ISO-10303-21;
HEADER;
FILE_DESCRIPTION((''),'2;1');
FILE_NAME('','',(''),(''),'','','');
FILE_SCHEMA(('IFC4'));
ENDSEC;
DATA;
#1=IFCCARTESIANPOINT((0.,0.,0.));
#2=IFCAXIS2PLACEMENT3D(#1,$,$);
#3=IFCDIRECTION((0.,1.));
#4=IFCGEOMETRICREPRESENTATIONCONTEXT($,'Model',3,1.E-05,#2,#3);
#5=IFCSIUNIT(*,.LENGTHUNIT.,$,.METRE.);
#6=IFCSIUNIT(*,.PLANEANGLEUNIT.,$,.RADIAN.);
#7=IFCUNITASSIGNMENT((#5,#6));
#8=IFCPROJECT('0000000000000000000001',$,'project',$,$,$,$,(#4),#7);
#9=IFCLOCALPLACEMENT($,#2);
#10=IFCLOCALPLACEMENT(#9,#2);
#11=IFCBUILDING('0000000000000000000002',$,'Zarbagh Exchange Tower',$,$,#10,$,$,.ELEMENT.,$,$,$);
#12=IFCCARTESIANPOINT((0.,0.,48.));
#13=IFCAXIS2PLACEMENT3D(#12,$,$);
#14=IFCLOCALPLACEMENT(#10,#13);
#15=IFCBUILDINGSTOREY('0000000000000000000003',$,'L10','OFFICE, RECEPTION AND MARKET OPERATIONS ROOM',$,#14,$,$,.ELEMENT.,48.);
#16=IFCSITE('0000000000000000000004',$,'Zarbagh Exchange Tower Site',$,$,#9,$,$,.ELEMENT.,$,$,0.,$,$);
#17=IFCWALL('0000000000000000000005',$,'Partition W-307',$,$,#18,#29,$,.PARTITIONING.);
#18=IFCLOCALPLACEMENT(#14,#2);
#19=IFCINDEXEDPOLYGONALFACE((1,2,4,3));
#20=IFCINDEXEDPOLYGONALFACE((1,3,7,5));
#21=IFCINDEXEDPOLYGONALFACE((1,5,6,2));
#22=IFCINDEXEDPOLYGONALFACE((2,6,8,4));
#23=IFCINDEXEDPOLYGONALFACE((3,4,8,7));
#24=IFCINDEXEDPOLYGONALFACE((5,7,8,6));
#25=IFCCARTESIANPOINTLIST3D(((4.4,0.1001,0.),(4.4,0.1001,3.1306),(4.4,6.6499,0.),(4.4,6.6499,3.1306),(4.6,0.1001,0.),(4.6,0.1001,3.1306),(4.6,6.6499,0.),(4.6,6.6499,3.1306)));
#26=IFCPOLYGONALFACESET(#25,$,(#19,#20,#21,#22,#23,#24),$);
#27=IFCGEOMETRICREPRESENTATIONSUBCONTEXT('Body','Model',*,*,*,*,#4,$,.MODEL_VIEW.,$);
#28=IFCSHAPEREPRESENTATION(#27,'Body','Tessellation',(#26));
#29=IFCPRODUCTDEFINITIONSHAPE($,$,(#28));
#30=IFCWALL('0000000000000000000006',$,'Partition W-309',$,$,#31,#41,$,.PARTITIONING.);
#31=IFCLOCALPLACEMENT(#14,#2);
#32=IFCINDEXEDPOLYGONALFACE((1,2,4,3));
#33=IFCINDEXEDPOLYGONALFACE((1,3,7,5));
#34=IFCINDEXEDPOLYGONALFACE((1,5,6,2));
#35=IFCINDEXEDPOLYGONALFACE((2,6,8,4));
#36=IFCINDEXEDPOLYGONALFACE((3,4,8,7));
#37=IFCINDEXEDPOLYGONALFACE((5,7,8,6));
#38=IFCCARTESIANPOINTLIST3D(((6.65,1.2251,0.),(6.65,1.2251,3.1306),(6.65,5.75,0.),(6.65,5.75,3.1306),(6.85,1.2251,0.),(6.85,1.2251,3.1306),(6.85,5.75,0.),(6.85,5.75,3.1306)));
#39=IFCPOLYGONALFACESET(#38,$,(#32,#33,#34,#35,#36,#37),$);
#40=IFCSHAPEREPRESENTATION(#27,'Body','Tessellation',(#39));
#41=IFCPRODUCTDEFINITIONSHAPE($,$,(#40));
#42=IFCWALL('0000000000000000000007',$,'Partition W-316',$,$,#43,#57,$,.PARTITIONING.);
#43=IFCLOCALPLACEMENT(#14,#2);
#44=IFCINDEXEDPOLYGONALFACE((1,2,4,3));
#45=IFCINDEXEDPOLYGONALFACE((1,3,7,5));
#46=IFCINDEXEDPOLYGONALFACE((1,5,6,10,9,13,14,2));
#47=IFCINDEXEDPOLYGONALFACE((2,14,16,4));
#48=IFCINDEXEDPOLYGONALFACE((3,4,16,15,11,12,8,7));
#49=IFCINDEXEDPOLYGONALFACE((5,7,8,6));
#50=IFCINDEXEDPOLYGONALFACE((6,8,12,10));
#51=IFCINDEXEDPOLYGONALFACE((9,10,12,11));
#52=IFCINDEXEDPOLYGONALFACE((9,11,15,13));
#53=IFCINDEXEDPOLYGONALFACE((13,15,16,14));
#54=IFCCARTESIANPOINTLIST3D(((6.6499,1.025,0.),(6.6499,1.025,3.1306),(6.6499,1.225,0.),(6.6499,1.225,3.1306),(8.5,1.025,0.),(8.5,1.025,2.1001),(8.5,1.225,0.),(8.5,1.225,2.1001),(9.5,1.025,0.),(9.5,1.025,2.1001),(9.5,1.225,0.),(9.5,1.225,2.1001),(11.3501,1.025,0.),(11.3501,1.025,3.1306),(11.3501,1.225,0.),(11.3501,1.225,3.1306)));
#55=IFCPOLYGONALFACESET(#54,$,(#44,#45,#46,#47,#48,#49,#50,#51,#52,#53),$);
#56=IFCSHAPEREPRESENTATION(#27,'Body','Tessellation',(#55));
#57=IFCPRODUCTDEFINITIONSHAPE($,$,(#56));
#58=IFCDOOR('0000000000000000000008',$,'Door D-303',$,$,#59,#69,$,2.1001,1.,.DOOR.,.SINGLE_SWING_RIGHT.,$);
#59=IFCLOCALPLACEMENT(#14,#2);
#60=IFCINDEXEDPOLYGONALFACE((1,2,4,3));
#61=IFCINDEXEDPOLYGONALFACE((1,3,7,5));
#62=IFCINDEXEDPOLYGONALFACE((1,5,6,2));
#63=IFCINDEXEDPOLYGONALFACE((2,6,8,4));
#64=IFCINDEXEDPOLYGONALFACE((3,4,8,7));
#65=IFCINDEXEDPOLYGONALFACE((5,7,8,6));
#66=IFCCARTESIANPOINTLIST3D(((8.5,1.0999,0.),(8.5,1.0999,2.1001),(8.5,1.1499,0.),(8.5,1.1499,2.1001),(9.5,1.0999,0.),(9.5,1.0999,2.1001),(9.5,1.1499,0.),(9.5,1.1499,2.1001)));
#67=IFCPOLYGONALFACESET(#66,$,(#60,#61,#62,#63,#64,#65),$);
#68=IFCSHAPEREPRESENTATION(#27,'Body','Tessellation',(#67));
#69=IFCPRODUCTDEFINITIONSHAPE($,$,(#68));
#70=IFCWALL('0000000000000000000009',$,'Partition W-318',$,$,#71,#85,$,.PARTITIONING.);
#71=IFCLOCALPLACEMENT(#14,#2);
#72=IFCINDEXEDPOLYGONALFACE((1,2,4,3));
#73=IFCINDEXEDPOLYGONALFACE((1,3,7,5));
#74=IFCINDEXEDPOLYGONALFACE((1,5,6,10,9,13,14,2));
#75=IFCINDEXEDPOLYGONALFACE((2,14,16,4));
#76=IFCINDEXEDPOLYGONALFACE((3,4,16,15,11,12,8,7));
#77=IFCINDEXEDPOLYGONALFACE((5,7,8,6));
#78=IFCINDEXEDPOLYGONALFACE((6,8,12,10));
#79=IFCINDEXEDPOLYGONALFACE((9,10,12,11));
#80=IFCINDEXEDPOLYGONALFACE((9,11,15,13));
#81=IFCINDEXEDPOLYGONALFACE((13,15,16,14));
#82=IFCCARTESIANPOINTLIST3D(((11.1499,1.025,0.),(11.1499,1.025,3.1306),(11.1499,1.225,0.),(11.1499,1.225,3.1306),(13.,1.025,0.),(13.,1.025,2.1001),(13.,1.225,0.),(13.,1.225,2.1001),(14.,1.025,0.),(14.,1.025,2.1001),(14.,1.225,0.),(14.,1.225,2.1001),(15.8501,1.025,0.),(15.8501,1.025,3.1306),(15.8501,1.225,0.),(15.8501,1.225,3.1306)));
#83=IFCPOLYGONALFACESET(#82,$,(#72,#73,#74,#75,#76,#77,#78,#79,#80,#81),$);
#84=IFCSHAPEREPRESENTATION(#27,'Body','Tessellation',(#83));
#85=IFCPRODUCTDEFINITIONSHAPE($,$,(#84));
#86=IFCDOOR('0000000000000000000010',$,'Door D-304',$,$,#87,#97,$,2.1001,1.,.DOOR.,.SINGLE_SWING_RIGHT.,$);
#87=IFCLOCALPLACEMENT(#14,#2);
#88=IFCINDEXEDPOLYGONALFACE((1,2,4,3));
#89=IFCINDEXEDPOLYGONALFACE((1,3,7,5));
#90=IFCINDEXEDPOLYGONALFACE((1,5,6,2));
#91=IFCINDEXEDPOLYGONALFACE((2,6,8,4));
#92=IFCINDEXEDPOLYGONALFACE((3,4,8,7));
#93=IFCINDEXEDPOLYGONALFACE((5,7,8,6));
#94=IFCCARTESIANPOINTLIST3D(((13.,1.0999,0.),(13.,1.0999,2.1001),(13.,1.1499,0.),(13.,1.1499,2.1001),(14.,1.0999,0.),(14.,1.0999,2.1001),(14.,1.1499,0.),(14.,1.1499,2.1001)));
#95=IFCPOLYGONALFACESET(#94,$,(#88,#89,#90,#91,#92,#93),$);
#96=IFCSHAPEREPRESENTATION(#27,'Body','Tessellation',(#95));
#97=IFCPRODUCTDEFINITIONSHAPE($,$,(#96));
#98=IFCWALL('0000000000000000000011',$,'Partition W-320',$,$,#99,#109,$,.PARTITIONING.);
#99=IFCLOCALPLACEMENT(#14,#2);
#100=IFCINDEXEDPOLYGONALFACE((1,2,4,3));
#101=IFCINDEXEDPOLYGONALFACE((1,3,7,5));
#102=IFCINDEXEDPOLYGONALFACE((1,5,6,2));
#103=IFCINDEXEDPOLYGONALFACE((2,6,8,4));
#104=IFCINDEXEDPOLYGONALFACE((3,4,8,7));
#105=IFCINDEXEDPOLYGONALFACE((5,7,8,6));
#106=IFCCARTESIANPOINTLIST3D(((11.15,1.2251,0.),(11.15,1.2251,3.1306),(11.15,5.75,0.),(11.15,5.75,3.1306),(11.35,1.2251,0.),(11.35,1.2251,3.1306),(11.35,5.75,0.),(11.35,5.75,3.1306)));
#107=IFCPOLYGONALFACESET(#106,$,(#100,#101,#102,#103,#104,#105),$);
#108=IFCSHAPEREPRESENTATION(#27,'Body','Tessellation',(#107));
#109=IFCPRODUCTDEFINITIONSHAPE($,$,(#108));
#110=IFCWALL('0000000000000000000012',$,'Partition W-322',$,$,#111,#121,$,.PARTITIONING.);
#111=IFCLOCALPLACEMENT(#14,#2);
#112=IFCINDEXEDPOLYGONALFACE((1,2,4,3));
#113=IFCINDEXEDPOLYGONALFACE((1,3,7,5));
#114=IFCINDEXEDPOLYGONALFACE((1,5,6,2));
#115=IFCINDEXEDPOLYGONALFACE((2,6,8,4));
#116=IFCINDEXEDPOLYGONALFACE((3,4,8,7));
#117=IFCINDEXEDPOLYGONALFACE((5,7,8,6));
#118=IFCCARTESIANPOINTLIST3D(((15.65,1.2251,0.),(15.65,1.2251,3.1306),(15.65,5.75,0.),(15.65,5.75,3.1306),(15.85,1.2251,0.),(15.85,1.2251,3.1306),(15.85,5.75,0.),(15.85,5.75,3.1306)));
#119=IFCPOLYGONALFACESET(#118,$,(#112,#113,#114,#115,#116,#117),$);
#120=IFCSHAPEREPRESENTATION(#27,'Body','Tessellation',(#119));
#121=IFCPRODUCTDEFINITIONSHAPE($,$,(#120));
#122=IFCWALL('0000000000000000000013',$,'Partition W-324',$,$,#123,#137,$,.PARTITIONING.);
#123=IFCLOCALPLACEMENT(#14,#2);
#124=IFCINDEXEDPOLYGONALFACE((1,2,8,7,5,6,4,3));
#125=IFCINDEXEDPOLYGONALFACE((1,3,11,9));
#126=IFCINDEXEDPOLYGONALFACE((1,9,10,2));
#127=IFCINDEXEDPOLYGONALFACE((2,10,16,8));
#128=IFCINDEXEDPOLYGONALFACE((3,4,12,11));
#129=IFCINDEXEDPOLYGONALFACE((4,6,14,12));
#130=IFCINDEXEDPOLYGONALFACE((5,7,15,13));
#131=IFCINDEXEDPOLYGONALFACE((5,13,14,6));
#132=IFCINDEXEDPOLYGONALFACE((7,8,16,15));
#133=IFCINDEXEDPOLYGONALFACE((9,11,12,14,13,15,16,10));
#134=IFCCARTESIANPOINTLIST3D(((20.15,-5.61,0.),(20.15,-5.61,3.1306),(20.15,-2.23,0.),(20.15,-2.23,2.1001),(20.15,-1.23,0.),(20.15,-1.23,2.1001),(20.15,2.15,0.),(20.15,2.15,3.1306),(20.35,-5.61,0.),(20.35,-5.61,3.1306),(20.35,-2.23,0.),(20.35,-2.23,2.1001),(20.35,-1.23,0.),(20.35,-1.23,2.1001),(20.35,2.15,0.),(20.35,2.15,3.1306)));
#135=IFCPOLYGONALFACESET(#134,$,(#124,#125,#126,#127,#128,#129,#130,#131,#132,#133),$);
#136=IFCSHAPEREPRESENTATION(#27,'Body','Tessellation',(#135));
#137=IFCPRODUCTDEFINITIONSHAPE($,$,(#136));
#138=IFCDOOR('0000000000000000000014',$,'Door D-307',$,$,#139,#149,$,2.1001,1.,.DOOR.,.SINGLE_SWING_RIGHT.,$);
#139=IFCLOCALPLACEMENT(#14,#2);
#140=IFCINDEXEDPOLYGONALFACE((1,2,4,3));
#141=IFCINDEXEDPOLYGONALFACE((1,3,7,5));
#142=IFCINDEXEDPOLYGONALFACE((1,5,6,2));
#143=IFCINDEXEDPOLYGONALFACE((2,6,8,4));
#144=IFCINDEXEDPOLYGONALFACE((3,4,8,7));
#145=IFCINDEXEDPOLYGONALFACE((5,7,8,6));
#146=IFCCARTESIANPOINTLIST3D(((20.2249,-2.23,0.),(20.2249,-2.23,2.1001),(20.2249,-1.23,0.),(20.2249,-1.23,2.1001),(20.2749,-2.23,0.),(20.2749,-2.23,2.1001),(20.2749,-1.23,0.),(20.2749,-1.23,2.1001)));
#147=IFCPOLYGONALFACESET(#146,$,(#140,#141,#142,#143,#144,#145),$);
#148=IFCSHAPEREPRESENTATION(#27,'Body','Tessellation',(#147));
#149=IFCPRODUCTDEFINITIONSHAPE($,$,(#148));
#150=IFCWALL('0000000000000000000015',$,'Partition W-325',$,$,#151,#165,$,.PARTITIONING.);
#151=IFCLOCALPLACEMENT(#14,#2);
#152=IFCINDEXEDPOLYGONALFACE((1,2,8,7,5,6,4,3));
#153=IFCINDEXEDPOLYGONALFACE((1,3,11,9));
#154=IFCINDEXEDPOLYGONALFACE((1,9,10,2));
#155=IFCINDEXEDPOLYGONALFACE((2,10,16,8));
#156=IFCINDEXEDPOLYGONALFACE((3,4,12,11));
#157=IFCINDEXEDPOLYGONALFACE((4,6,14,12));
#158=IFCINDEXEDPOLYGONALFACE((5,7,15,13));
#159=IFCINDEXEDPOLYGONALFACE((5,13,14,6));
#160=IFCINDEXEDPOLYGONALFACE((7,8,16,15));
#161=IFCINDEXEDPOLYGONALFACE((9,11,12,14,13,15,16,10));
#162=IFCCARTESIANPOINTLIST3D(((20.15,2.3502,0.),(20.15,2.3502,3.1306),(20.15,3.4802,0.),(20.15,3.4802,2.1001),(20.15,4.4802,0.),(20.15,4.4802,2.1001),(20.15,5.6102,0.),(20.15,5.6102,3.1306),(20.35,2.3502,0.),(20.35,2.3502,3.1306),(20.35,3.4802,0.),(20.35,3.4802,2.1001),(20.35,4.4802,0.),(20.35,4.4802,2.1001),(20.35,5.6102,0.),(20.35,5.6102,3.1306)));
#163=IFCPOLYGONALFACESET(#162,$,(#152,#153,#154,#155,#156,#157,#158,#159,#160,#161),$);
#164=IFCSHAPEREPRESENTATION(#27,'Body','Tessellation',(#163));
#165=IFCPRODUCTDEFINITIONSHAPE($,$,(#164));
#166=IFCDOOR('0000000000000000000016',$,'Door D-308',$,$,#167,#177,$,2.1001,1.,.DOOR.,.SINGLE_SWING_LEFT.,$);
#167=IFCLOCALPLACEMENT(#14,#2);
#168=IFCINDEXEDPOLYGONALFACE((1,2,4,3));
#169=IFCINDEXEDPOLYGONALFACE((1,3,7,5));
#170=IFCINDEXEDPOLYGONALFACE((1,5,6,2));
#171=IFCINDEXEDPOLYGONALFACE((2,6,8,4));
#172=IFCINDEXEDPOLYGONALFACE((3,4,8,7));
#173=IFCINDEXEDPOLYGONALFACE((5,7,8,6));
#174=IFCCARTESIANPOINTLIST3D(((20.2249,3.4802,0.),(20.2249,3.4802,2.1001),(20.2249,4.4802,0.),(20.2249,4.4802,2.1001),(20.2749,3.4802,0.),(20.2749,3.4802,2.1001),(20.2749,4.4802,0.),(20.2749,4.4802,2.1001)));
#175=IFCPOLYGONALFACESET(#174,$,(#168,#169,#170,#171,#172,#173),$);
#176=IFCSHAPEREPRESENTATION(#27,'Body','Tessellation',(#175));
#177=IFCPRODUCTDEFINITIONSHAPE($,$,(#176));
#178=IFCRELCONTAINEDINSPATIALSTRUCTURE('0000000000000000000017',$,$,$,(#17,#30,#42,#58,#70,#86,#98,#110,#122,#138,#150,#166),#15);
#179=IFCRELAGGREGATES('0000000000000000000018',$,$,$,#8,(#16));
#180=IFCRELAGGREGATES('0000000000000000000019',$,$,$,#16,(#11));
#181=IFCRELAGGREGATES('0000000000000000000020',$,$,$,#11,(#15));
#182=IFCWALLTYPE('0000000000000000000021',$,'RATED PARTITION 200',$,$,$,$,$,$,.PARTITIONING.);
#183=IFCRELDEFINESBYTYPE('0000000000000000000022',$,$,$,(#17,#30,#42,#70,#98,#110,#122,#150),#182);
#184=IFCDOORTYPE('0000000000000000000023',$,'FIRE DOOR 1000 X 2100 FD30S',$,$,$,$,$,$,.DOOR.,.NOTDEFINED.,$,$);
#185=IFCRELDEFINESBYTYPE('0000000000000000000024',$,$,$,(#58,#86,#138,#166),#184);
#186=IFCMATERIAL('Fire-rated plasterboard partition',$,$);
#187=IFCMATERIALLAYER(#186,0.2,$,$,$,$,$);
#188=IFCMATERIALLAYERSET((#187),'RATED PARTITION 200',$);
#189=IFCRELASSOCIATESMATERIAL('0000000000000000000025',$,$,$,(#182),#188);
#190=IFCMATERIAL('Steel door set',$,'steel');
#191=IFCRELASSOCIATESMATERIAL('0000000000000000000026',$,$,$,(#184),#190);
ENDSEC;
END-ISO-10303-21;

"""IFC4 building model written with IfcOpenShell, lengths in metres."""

from ifc_helpers import new_model, si_unit, direction, frame, frame_2d, origin, place, context, subcontext, project, spatial, rectangle, extrude, material, layer, layer_set, type_object, element, fill, save


model = new_model("IFC4")

# Units and contexts
model_context = context("Model", 3, precision=1e-05, world=origin(), true_north=direction((0.0, 1.0)))
body_context = subcontext(model_context, "Body", "Model", "MODEL_VIEW")
ifc_project = project(units=[si_unit("LENGTHUNIT", "METRE"), si_unit("PLANEANGLEUNIT", "RADIAN")], contexts=[model_context])

# Site, building, storey
site_placement = place(None, origin())
site = spatial("IfcSite", under=ifc_project, at=site_placement, Name="Zarbagh Exchange Tower Site", CompositionType="ELEMENT", RefElevation=0.0)
building_placement = place(site_placement, origin())
building = spatial("IfcBuilding", under=site, at=building_placement, Name="Zarbagh Exchange Tower", CompositionType="ELEMENT")
storey_placement = place(building_placement, frame((0.0, 0.0, 48.0)))
storey = spatial("IfcBuildingStorey", under=building, at=storey_placement, Name="L10", Description="OFFICE, RECEPTION AND MARKET OPERATIONS ROOM", CompositionType="ELEMENT", Elevation=48.0)

# Walls
ifc_material_1 = material(Name="Fire-rated plasterboard partition")
ifc_layer = layer(ifc_material_1, 0.2)
ifc_layer_set = layer_set([ifc_layer], Name="RATED PARTITION 200")
wall_type = type_object("IfcWallType", Name="RATED PARTITION 200", PredefinedType="PARTITIONING", material=ifc_layer_set)
wall_1_placement = place(storey_placement, frame((4.5, 0.1001, 0.0), z_axis=(0.0, 0.0, 1.0), x_axis=(0.0, 1.0, 0.0)))
element("IfcWall", 1, at=wall_1_placement, inside=storey, type_object=wall_type, Name="Partition W-307", PredefinedType="PARTITIONING", context=body_context, shape_type="SweptSolid", body=[
    extrude(rectangle(XDim=6.5498, YDim=0.2, at=frame_2d((3.2749, 0.0))), origin(), (0.0, 0.0, 1.0), 3.1306),
])
wall_2_placement = place(storey_placement, frame((6.75, 1.2251, 0.0), z_axis=(0.0, 0.0, 1.0), x_axis=(0.0, 1.0, 0.0)))
element("IfcWall", 2, at=wall_2_placement, inside=storey, type_object=wall_type, Name="Partition W-309", PredefinedType="PARTITIONING", context=body_context, shape_type="SweptSolid", body=[
    extrude(rectangle(XDim=4.5249, YDim=0.2, at=frame_2d((2.2625, 0.0))), origin(), (0.0, 0.0, 1.0), 3.1306),
])

# Walls, openings, doors
wall_3_placement = place(storey_placement, frame((6.6499, 1.125, 0.0), z_axis=(0.0, 0.0, 1.0), x_axis=(1.0, 0.0, 0.0)))
wall_3 = element("IfcWall", 3, at=wall_3_placement, inside=storey, type_object=wall_type, Name="Partition W-316", PredefinedType="PARTITIONING", context=body_context, shape_type="SweptSolid", body=[
    extrude(rectangle(XDim=4.7002, YDim=0.2, at=frame_2d((2.3501, 0.0))), origin(), (0.0, 0.0, 1.0), 3.1306),
])
opening_1_placement = place(wall_3_placement, frame((1.8501, 0.0, 0.0)))
opening_1 = element("IfcOpeningElement", 4, at=opening_1_placement, cuts=wall_3, PredefinedType="OPENING", context=body_context, shape_type="SweptSolid", body=[
    extrude(rectangle(XDim=1.0, YDim=2.1001, at=frame_2d((0.5, 1.05))), frame((0.0, 0.1099, 0.0), z_axis=(0.0, -1.0, 0.0), x_axis=(1.0, 0.0, 0.0)), (0.0, 0.0, 1.0), 0.22),
])
ifc_material_2 = material(Name="Steel door set", Category="steel")
door_type = type_object("IfcDoorType", Name="FIRE DOOR 1000 X 2100 FD30S", OperationType="NOTDEFINED", PredefinedType="DOOR", material=ifc_material_2)
door_1_placement = place(opening_1_placement, origin())
door_1 = element("IfcDoor", 5, at=door_1_placement, inside=storey, type_object=door_type, Name="Door D-303", OperationType="SINGLE_SWING_RIGHT", OverallHeight=2.1001, OverallWidth=1.0, PredefinedType="DOOR", context=body_context, shape_type="SweptSolid", body=[
    extrude(rectangle(XDim=1.0, YDim=2.1001, at=frame_2d((0.5, 1.05))), frame((0.0, 0.0249, 0.0), z_axis=(0.0, -1.0, 0.0), x_axis=(1.0, 0.0, 0.0)), (0.0, 0.0, 1.0), 0.05),
])
fill(opening_1, door_1)
wall_4_placement = place(storey_placement, frame((11.1499, 1.125, 0.0), z_axis=(0.0, 0.0, 1.0), x_axis=(1.0, 0.0, 0.0)))
wall_4 = element("IfcWall", 6, at=wall_4_placement, inside=storey, type_object=wall_type, Name="Partition W-318", PredefinedType="PARTITIONING", context=body_context, shape_type="SweptSolid", body=[
    extrude(rectangle(XDim=4.7002, YDim=0.2, at=frame_2d((2.3501, 0.0))), origin(), (0.0, 0.0, 1.0), 3.1306),
])
opening_2_placement = place(wall_4_placement, frame((1.8501, 0.0, 0.0)))
opening_2 = element("IfcOpeningElement", 7, at=opening_2_placement, cuts=wall_4, PredefinedType="OPENING", context=body_context, shape_type="SweptSolid", body=[
    extrude(rectangle(XDim=1.0, YDim=2.1001, at=frame_2d((0.5, 1.05))), frame((0.0, 0.1099, 0.0), z_axis=(0.0, -1.0, 0.0), x_axis=(1.0, 0.0, 0.0)), (0.0, 0.0, 1.0), 0.22),
])
door_2_placement = place(opening_2_placement, origin())
door_2 = element("IfcDoor", 8, at=door_2_placement, inside=storey, type_object=door_type, Name="Door D-304", OperationType="SINGLE_SWING_RIGHT", OverallHeight=2.1001, OverallWidth=1.0, PredefinedType="DOOR", context=body_context, shape_type="SweptSolid", body=[
    extrude(rectangle(XDim=1.0, YDim=2.1001, at=frame_2d((0.5, 1.05))), frame((0.0, 0.0249, 0.0), z_axis=(0.0, -1.0, 0.0), x_axis=(1.0, 0.0, 0.0)), (0.0, 0.0, 1.0), 0.05),
])
fill(opening_2, door_2)

# Walls
for number, where, z_axis, x_axis, name in (
    (9, (11.25, 1.2251, 0.0), (0.0, 0.0, 1.0), (0.0, 1.0, 0.0), "Partition W-320"),
    (10, (15.75, 1.2251, 0.0), (0.0, 0.0, 1.0), (0.0, 1.0, 0.0), "Partition W-322"),
):
    element("IfcWall", number, at=place(storey_placement, frame(where, z_axis=z_axis, x_axis=x_axis)), inside=storey, type_object=wall_type, Name=name, PredefinedType="PARTITIONING", context=body_context, shape_type="SweptSolid", body=[
        extrude(rectangle(XDim=4.5249, YDim=0.2, at=frame_2d((2.2625, 0.0))), origin(), (0.0, 0.0, 1.0), 3.1306),
    ])

# Walls, openings, doors
wall_5_placement = place(storey_placement, frame((20.25, 2.1499, 0.0), z_axis=(0.0, 0.0, 1.0), x_axis=(0.0, -1.0, 0.0)))
wall_5 = element("IfcWall", 11, at=wall_5_placement, inside=storey, type_object=wall_type, Name="Partition W-324", PredefinedType="PARTITIONING", context=body_context, shape_type="SweptSolid", body=[
    extrude(rectangle(XDim=7.76, YDim=0.2, at=frame_2d((3.8799, 0.0))), origin(), (0.0, 0.0, 1.0), 3.1306),
])
opening_3_placement = place(wall_5_placement, frame((3.3799, 0.0, 0.0)))
opening_3 = element("IfcOpeningElement", 12, at=opening_3_placement, cuts=wall_5, PredefinedType="OPENING", context=body_context, shape_type="SweptSolid", body=[
    extrude(rectangle(XDim=1.0, YDim=2.1001, at=frame_2d((0.5, 1.05))), frame((0.0, 0.1099, 0.0), z_axis=(0.0, -1.0, 0.0), x_axis=(1.0, 0.0, 0.0)), (0.0, 0.0, 1.0), 0.22),
])
door_3_placement = place(opening_3_placement, origin())
door_3 = element("IfcDoor", 13, at=door_3_placement, inside=storey, type_object=door_type, Name="Door D-307", OperationType="SINGLE_SWING_RIGHT", OverallHeight=2.1001, OverallWidth=1.0, PredefinedType="DOOR", context=body_context, shape_type="SweptSolid", body=[
    extrude(rectangle(XDim=1.0, YDim=2.1001, at=frame_2d((0.5, 1.05))), frame((0.0, 0.0249, 0.0), z_axis=(0.0, -1.0, 0.0), x_axis=(1.0, 0.0, 0.0)), (0.0, 0.0, 1.0), 0.05),
])
fill(opening_3, door_3)
wall_6_placement = place(storey_placement, frame((20.25, 5.6101, 0.0), z_axis=(0.0, 0.0, 1.0), x_axis=(0.0, -1.0, 0.0)))
wall_6 = element("IfcWall", 14, at=wall_6_placement, inside=storey, type_object=wall_type, Name="Partition W-325", PredefinedType="PARTITIONING", context=body_context, shape_type="SweptSolid", body=[
    extrude(rectangle(XDim=3.26, YDim=0.2, at=frame_2d((1.6299, 0.0))), origin(), (0.0, 0.0, 1.0), 3.1306),
])
opening_4_placement = place(wall_6_placement, frame((1.1299, 0.0, 0.0)))
opening_4 = element("IfcOpeningElement", 15, at=opening_4_placement, cuts=wall_6, PredefinedType="OPENING", context=body_context, shape_type="SweptSolid", body=[
    extrude(rectangle(XDim=1.0, YDim=2.1001, at=frame_2d((0.5, 1.05))), frame((0.0, 0.1099, 0.0), z_axis=(0.0, -1.0, 0.0), x_axis=(1.0, 0.0, 0.0)), (0.0, 0.0, 1.0), 0.22),
])
door_4_placement = place(opening_4_placement, origin())
door_4 = element("IfcDoor", 16, at=door_4_placement, inside=storey, type_object=door_type, Name="Door D-308", OperationType="SINGLE_SWING_LEFT", OverallHeight=2.1001, OverallWidth=1.0, PredefinedType="DOOR", context=body_context, shape_type="SweptSolid", body=[
    extrude(rectangle(XDim=1.0, YDim=2.1001, at=frame_2d((0.5, 1.05))), frame((0.0, 0.0249, 0.0), z_axis=(0.0, -1.0, 0.0), x_axis=(1.0, 0.0, 0.0)), (0.0, 0.0, 1.0), 0.05),
])
fill(opening_4, door_4)

save(model, "model.ifc")
